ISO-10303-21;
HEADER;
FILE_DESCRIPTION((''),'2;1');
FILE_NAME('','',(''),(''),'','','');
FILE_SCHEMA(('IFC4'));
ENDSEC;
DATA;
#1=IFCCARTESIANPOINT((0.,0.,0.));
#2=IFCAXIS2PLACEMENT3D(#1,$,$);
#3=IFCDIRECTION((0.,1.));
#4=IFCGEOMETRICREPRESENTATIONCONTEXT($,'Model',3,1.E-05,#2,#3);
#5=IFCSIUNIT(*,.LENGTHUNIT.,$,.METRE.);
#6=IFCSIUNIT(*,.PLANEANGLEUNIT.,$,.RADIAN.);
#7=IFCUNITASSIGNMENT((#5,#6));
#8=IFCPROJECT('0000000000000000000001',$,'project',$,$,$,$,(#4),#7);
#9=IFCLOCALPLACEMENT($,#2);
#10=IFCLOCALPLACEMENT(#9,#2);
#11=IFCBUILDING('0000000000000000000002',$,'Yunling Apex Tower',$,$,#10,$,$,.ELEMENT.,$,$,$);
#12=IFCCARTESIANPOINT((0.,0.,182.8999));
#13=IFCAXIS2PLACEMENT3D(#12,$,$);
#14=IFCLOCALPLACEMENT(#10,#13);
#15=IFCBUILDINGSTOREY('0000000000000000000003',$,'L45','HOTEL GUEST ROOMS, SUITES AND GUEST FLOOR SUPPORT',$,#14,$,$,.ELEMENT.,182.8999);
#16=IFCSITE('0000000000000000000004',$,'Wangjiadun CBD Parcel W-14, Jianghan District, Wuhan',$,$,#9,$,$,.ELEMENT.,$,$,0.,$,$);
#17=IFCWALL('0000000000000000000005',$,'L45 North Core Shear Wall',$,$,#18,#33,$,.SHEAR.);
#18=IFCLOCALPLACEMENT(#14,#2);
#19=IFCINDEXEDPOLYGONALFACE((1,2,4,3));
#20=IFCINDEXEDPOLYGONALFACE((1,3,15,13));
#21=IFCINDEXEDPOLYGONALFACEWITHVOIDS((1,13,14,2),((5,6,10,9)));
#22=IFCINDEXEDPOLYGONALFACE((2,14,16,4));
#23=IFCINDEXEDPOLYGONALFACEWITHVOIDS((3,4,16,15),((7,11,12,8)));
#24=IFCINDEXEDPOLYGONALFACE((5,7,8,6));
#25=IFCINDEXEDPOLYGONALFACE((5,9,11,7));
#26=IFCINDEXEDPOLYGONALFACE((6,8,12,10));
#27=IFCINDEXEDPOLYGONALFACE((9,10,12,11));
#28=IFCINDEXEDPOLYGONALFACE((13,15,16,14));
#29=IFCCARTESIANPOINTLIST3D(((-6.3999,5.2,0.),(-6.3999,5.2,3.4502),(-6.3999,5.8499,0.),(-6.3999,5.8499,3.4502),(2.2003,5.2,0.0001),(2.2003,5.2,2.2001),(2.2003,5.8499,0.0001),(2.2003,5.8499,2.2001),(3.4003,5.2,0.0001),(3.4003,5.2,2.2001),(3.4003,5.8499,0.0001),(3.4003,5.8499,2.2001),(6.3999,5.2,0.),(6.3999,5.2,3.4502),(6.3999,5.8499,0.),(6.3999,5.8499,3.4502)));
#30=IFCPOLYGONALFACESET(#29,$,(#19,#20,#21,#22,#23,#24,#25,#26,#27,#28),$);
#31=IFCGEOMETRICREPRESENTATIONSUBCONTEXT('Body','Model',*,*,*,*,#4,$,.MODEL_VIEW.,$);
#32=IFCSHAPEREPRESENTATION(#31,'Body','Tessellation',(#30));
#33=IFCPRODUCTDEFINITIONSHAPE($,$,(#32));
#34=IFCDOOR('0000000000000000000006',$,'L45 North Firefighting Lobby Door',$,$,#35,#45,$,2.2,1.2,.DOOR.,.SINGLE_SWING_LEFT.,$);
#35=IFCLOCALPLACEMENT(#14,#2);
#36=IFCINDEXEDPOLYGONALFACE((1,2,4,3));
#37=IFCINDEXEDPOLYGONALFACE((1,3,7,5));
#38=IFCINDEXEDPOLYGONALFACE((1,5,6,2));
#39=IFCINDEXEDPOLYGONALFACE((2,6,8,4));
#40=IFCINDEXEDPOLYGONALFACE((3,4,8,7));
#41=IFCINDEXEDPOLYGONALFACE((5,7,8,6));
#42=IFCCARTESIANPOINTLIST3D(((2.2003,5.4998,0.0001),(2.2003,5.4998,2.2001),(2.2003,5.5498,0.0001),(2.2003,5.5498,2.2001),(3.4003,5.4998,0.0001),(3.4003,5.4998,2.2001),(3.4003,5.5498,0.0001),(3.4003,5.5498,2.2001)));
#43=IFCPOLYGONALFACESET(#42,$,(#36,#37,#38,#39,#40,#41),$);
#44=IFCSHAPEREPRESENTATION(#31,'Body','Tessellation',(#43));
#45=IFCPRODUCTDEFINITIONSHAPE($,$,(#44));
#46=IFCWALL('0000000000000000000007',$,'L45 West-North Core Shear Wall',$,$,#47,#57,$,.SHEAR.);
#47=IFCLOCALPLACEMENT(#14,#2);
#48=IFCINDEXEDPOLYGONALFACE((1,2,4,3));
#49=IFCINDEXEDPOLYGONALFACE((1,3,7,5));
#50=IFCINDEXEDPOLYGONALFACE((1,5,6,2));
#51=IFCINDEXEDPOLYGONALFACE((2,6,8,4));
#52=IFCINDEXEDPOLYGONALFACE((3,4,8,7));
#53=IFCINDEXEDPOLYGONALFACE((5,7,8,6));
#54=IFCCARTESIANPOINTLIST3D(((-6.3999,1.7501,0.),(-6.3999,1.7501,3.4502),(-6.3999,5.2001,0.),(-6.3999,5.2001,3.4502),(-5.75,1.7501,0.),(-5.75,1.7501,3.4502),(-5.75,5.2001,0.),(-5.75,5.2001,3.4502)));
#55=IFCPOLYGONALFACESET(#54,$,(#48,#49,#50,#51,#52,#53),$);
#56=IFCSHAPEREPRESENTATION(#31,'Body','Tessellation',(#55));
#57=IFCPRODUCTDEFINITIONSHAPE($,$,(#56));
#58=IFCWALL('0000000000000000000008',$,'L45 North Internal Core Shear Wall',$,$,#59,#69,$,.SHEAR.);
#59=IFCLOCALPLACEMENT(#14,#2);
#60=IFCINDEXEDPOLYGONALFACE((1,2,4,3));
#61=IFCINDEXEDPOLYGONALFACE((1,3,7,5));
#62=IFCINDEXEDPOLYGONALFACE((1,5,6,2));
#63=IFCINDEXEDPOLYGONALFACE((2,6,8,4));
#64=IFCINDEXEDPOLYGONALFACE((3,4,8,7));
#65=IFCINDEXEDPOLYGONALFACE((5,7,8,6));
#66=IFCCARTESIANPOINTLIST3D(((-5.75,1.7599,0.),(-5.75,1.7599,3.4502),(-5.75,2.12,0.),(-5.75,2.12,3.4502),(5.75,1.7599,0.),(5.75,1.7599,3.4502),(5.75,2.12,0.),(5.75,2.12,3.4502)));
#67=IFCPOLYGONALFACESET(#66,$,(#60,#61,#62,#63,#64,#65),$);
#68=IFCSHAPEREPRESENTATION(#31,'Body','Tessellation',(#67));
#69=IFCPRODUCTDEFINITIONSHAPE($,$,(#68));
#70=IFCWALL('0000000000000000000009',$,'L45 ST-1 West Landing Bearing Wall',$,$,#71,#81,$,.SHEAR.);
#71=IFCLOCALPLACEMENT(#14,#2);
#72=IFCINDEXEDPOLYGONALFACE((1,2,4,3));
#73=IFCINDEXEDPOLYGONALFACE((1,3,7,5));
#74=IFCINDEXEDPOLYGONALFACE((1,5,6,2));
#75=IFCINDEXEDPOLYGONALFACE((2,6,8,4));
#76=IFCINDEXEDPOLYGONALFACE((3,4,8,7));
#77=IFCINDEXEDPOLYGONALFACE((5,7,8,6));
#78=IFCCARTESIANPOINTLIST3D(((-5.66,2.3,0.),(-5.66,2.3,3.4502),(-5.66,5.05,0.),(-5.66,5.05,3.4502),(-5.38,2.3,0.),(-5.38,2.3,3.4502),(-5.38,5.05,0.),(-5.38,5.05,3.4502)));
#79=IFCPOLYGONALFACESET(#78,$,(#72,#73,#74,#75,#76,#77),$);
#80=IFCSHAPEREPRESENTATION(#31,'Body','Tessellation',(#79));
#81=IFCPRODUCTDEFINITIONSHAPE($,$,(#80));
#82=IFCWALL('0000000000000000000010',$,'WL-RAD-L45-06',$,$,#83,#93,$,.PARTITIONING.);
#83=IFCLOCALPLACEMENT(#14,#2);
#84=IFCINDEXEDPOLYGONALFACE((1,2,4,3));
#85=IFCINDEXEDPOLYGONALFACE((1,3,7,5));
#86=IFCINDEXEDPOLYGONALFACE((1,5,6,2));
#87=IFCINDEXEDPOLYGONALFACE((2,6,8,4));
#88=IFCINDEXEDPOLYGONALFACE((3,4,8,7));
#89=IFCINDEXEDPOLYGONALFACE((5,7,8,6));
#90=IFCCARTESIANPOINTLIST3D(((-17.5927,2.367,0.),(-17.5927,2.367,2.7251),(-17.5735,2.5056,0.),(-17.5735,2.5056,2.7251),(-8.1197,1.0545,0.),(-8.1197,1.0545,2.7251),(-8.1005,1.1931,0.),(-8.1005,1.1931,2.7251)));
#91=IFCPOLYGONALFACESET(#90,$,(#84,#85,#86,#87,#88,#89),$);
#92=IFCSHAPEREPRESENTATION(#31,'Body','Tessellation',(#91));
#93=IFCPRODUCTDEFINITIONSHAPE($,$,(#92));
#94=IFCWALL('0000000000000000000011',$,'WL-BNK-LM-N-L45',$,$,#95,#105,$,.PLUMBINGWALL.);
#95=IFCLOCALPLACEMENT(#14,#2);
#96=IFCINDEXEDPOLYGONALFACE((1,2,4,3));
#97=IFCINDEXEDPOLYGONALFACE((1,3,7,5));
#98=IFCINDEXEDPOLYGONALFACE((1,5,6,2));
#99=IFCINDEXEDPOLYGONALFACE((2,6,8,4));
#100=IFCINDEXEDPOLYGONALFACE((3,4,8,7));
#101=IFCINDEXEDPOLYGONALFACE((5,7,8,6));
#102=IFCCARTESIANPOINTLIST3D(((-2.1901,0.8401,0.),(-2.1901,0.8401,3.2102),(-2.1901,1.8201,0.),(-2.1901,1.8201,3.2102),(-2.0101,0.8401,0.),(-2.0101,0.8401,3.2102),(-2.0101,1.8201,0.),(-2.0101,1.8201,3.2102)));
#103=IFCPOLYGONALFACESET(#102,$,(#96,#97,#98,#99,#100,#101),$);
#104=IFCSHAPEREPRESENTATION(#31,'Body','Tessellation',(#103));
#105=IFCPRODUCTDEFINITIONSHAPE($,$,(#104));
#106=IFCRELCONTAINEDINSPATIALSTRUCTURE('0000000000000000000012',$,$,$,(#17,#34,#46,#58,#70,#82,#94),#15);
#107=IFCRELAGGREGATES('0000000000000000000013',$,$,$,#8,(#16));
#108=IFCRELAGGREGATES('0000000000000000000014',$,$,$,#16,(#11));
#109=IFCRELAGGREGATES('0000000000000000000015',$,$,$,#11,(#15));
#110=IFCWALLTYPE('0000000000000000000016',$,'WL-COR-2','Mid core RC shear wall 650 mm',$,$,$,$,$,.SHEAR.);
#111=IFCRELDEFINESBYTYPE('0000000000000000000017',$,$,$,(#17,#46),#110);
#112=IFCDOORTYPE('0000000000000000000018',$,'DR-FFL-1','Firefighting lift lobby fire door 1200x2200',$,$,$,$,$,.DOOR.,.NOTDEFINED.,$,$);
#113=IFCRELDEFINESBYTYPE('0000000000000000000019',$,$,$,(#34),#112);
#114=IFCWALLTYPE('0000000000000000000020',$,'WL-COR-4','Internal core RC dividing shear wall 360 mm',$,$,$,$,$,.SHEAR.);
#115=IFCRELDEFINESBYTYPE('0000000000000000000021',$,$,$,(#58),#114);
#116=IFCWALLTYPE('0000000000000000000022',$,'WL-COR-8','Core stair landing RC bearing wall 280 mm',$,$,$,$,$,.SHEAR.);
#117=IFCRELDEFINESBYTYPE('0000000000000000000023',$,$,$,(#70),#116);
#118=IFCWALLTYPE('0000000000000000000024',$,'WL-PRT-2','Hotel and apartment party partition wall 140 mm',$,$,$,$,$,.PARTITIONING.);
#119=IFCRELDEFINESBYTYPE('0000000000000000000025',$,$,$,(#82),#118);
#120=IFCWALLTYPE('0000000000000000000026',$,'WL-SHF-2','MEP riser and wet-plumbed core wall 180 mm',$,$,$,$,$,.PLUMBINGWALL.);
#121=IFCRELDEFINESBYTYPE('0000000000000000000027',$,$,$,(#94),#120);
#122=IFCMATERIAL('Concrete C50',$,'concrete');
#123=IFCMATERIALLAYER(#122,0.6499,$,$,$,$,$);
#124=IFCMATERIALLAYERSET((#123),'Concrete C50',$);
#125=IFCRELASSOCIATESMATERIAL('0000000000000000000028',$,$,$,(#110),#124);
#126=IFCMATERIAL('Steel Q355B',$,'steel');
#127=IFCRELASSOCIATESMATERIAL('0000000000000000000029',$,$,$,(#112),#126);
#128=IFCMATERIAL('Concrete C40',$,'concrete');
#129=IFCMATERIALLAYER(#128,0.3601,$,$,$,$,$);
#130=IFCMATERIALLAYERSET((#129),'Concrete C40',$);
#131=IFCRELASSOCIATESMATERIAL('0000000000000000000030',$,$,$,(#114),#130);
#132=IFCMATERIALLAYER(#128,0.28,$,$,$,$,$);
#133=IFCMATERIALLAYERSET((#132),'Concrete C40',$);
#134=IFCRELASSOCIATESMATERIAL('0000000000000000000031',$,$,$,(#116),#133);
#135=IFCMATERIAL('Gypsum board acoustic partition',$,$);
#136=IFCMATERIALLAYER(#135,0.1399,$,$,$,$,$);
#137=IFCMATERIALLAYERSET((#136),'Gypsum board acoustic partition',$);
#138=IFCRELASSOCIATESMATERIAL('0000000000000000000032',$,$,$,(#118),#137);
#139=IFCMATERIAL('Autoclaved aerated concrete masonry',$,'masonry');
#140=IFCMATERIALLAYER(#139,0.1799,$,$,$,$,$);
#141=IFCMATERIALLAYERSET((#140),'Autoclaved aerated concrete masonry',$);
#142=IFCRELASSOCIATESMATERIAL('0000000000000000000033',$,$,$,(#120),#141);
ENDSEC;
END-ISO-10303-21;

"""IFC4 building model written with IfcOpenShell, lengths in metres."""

from ifc_helpers import new_model, si_unit, direction, frame, frame_2d, origin, place, context, subcontext, project, spatial, rectangle, extrude, material, layer, layer_set, type_object, element, fill, save


model = new_model("IFC4")

# Units and contexts
model_context = context("Model", 3, precision=1e-05, world=origin(), true_north=direction((0.0, 1.0)))
body_context = subcontext(model_context, "Body", "Model", "MODEL_VIEW")
ifc_project = project(units=[si_unit("LENGTHUNIT", "METRE"), si_unit("PLANEANGLEUNIT", "RADIAN")], contexts=[model_context])

# Site, building, storey
site_placement = place(None, origin())
site = spatial("IfcSite", under=ifc_project, at=site_placement, Name="Wangjiadun CBD Parcel W-14, Jianghan District, Wuhan", CompositionType="ELEMENT", RefElevation=0.0)
building_placement = place(site_placement, origin())
building = spatial("IfcBuilding", under=site, at=building_placement, Name="Yunling Apex Tower", CompositionType="ELEMENT")
storey_placement = place(building_placement, frame((0.0, 0.0, 182.8999)))
storey = spatial("IfcBuildingStorey", under=building, at=storey_placement, Name="L45", Description="HOTEL GUEST ROOMS, SUITES AND GUEST FLOOR SUPPORT", CompositionType="ELEMENT", Elevation=182.8999)

# Shared definitions
ifc_material_1 = material(Name="Concrete C50", Category="concrete")

# Shared definitions
ifc_material_2 = material(Name="Steel Q355B", Category="steel")

# Wall, opening, door
ifc_layer_1 = layer(ifc_material_1, 0.6499)
ifc_layer_set_1 = layer_set([ifc_layer_1], Name="Concrete C50")
wall_type_1 = type_object("IfcWallType", Name="WL-COR-2", Description="Mid core RC shear wall 650 mm", PredefinedType="SHEAR", material=ifc_layer_set_1)
wall_1_placement = place(storey_placement, frame((-6.3999, 5.5249, 0.0), z_axis=(0.0, 0.0, 1.0), x_axis=(1.0, 0.0, 0.0)))
wall_1 = element("IfcWall", 1, at=wall_1_placement, inside=storey, type_object=wall_type_1, Name="L45 North Core Shear Wall", PredefinedType="SHEAR", context=body_context, shape_type="SweptSolid", body=[
    extrude(rectangle(XDim=12.7998, YDim=0.6499, at=frame_2d((6.3999, 0.0))), origin(), (0.0, 0.0, 1.0), 3.4502),
])
opening_1_placement = place(wall_1_placement, frame((8.6001, 0.0, 0.0)))
opening_1 = element("IfcOpeningElement", 2, at=opening_1_placement, cuts=wall_1, PredefinedType="OPENING", context=body_context, shape_type="SweptSolid", body=[
    extrude(rectangle(XDim=1.2, YDim=2.2, at=frame_2d((0.6001, 1.1001))), frame((0.0, 0.335, 0.0), z_axis=(0.0, -1.0, 0.0), x_axis=(1.0, 0.0, 0.0)), (0.0, 0.0, 1.0), 0.6699),
])
door_type_1 = type_object("IfcDoorType", Name="DR-FFL-1", Description="Firefighting lift lobby fire door 1200x2200", OperationType="NOTDEFINED", PredefinedType="DOOR", material=ifc_material_2)
door_1_placement = place(opening_1_placement, origin())
door_1 = element("IfcDoor", 3, at=door_1_placement, inside=storey, type_object=door_type_1, Name="L45 North Firefighting Lobby Door", OperationType="SINGLE_SWING_LEFT", OverallHeight=2.2, OverallWidth=1.2, PredefinedType="DOOR", context=body_context, shape_type="SweptSolid", body=[
    extrude(rectangle(XDim=1.2, YDim=2.2, at=frame_2d((0.6001, 1.1001))), frame((0.0, 0.0249, 0.0), z_axis=(0.0, -1.0, 0.0), x_axis=(1.0, 0.0, 0.0)), (0.0, 0.0, 1.0), 0.05),
])
fill(opening_1, door_1)

# Walls
wall_2_placement = place(storey_placement, frame((-6.075, 1.75, 0.0), z_axis=(0.0, 0.0, 1.0), x_axis=(0.0, 1.0, 0.0)))
element("IfcWall", 4, at=wall_2_placement, inside=storey, type_object=wall_type_1, Name="L45 West-North Core Shear Wall", PredefinedType="SHEAR", context=body_context, shape_type="SweptSolid", body=[
    extrude(rectangle(XDim=3.45, YDim=0.6499, at=frame_2d((1.7251, 0.0))), origin(), (0.0, 0.0, 1.0), 3.4502),
])
ifc_material_3 = material(Name="Concrete C40", Category="concrete")
ifc_layer_2 = layer(ifc_material_3, 0.3601)
ifc_layer_set_2 = layer_set([ifc_layer_2], Name="Concrete C40")
wall_type_2 = type_object("IfcWallType", Name="WL-COR-4", Description="Internal core RC dividing shear wall 360 mm", PredefinedType="SHEAR", material=ifc_layer_set_2)
wall_3_placement = place(storey_placement, frame((-5.75, 1.9399, 0.0), z_axis=(0.0, 0.0, 1.0), x_axis=(1.0, 0.0, 0.0)))
element("IfcWall", 5, at=wall_3_placement, inside=storey, type_object=wall_type_2, Name="L45 North Internal Core Shear Wall", PredefinedType="SHEAR", context=body_context, shape_type="SweptSolid", body=[
    extrude(rectangle(XDim=11.5, YDim=0.3601, at=frame_2d((5.75, 0.0))), origin(), (0.0, 0.0, 1.0), 3.4502),
])
ifc_layer_3 = layer(ifc_material_3, 0.28)
ifc_layer_set_3 = layer_set([ifc_layer_3], Name="Concrete C40")
wall_type_3 = type_object("IfcWallType", Name="WL-COR-8", Description="Core stair landing RC bearing wall 280 mm", PredefinedType="SHEAR", material=ifc_layer_set_3)
wall_4_placement = place(storey_placement, frame((-5.52, 2.3, 0.0), z_axis=(0.0, 0.0, 1.0), x_axis=(0.0, 1.0, 0.0)))
element("IfcWall", 6, at=wall_4_placement, inside=storey, type_object=wall_type_3, Name="L45 ST-1 West Landing Bearing Wall", PredefinedType="SHEAR", context=body_context, shape_type="SweptSolid", body=[
    extrude(rectangle(XDim=2.75, YDim=0.28, at=frame_2d((1.375, 0.0))), origin(), (0.0, 0.0, 1.0), 3.4502),
])
ifc_material_4 = material(Name="Gypsum board acoustic partition")
ifc_layer_4 = layer(ifc_material_4, 0.1399)
ifc_layer_set_4 = layer_set([ifc_layer_4], Name="Gypsum board acoustic partition")
wall_type_4 = type_object("IfcWallType", Name="WL-PRT-2", Description="Hotel and apartment party partition wall 140 mm", PredefinedType="PARTITIONING", material=ifc_layer_set_4)
wall_5_placement = place(storey_placement, frame((-8.1101, 1.1238, 0.0), z_axis=(0.0, 0.0, 1.0), x_axis=(-0.990538, 0.137242, 0.0)))
element("IfcWall", 7, at=wall_5_placement, inside=storey, type_object=wall_type_4, Name="WL-RAD-L45-06", PredefinedType="PARTITIONING", context=body_context, shape_type="SweptSolid", body=[
    extrude(rectangle(XDim=9.5635, YDim=0.1399, at=frame_2d((4.7817, 0.0))), origin(), (0.0, 0.0, 1.0), 2.7251),
])
ifc_material_5 = material(Name="Autoclaved aerated concrete masonry", Category="masonry")
ifc_layer_5 = layer(ifc_material_5, 0.1799)
ifc_layer_set_5 = layer_set([ifc_layer_5], Name="Autoclaved aerated concrete masonry")
wall_type_5 = type_object("IfcWallType", Name="WL-SHF-2", Description="MEP riser and wet-plumbed core wall 180 mm", PredefinedType="PLUMBINGWALL", material=ifc_layer_set_5)
wall_6_placement = place(storey_placement, frame((-2.1001, 0.8401, 0.0), z_axis=(0.0, 0.0, 1.0), x_axis=(0.0, 1.0, 0.0)))
element("IfcWall", 8, at=wall_6_placement, inside=storey, type_object=wall_type_5, Name="WL-BNK-LM-N-L45", PredefinedType="PLUMBINGWALL", context=body_context, shape_type="SweptSolid", body=[
    extrude(rectangle(XDim=0.98, YDim=0.1799, at=frame_2d((0.49, 0.0))), origin(), (0.0, 0.0, 1.0), 3.2102),
])

save(model, "model.ifc")
